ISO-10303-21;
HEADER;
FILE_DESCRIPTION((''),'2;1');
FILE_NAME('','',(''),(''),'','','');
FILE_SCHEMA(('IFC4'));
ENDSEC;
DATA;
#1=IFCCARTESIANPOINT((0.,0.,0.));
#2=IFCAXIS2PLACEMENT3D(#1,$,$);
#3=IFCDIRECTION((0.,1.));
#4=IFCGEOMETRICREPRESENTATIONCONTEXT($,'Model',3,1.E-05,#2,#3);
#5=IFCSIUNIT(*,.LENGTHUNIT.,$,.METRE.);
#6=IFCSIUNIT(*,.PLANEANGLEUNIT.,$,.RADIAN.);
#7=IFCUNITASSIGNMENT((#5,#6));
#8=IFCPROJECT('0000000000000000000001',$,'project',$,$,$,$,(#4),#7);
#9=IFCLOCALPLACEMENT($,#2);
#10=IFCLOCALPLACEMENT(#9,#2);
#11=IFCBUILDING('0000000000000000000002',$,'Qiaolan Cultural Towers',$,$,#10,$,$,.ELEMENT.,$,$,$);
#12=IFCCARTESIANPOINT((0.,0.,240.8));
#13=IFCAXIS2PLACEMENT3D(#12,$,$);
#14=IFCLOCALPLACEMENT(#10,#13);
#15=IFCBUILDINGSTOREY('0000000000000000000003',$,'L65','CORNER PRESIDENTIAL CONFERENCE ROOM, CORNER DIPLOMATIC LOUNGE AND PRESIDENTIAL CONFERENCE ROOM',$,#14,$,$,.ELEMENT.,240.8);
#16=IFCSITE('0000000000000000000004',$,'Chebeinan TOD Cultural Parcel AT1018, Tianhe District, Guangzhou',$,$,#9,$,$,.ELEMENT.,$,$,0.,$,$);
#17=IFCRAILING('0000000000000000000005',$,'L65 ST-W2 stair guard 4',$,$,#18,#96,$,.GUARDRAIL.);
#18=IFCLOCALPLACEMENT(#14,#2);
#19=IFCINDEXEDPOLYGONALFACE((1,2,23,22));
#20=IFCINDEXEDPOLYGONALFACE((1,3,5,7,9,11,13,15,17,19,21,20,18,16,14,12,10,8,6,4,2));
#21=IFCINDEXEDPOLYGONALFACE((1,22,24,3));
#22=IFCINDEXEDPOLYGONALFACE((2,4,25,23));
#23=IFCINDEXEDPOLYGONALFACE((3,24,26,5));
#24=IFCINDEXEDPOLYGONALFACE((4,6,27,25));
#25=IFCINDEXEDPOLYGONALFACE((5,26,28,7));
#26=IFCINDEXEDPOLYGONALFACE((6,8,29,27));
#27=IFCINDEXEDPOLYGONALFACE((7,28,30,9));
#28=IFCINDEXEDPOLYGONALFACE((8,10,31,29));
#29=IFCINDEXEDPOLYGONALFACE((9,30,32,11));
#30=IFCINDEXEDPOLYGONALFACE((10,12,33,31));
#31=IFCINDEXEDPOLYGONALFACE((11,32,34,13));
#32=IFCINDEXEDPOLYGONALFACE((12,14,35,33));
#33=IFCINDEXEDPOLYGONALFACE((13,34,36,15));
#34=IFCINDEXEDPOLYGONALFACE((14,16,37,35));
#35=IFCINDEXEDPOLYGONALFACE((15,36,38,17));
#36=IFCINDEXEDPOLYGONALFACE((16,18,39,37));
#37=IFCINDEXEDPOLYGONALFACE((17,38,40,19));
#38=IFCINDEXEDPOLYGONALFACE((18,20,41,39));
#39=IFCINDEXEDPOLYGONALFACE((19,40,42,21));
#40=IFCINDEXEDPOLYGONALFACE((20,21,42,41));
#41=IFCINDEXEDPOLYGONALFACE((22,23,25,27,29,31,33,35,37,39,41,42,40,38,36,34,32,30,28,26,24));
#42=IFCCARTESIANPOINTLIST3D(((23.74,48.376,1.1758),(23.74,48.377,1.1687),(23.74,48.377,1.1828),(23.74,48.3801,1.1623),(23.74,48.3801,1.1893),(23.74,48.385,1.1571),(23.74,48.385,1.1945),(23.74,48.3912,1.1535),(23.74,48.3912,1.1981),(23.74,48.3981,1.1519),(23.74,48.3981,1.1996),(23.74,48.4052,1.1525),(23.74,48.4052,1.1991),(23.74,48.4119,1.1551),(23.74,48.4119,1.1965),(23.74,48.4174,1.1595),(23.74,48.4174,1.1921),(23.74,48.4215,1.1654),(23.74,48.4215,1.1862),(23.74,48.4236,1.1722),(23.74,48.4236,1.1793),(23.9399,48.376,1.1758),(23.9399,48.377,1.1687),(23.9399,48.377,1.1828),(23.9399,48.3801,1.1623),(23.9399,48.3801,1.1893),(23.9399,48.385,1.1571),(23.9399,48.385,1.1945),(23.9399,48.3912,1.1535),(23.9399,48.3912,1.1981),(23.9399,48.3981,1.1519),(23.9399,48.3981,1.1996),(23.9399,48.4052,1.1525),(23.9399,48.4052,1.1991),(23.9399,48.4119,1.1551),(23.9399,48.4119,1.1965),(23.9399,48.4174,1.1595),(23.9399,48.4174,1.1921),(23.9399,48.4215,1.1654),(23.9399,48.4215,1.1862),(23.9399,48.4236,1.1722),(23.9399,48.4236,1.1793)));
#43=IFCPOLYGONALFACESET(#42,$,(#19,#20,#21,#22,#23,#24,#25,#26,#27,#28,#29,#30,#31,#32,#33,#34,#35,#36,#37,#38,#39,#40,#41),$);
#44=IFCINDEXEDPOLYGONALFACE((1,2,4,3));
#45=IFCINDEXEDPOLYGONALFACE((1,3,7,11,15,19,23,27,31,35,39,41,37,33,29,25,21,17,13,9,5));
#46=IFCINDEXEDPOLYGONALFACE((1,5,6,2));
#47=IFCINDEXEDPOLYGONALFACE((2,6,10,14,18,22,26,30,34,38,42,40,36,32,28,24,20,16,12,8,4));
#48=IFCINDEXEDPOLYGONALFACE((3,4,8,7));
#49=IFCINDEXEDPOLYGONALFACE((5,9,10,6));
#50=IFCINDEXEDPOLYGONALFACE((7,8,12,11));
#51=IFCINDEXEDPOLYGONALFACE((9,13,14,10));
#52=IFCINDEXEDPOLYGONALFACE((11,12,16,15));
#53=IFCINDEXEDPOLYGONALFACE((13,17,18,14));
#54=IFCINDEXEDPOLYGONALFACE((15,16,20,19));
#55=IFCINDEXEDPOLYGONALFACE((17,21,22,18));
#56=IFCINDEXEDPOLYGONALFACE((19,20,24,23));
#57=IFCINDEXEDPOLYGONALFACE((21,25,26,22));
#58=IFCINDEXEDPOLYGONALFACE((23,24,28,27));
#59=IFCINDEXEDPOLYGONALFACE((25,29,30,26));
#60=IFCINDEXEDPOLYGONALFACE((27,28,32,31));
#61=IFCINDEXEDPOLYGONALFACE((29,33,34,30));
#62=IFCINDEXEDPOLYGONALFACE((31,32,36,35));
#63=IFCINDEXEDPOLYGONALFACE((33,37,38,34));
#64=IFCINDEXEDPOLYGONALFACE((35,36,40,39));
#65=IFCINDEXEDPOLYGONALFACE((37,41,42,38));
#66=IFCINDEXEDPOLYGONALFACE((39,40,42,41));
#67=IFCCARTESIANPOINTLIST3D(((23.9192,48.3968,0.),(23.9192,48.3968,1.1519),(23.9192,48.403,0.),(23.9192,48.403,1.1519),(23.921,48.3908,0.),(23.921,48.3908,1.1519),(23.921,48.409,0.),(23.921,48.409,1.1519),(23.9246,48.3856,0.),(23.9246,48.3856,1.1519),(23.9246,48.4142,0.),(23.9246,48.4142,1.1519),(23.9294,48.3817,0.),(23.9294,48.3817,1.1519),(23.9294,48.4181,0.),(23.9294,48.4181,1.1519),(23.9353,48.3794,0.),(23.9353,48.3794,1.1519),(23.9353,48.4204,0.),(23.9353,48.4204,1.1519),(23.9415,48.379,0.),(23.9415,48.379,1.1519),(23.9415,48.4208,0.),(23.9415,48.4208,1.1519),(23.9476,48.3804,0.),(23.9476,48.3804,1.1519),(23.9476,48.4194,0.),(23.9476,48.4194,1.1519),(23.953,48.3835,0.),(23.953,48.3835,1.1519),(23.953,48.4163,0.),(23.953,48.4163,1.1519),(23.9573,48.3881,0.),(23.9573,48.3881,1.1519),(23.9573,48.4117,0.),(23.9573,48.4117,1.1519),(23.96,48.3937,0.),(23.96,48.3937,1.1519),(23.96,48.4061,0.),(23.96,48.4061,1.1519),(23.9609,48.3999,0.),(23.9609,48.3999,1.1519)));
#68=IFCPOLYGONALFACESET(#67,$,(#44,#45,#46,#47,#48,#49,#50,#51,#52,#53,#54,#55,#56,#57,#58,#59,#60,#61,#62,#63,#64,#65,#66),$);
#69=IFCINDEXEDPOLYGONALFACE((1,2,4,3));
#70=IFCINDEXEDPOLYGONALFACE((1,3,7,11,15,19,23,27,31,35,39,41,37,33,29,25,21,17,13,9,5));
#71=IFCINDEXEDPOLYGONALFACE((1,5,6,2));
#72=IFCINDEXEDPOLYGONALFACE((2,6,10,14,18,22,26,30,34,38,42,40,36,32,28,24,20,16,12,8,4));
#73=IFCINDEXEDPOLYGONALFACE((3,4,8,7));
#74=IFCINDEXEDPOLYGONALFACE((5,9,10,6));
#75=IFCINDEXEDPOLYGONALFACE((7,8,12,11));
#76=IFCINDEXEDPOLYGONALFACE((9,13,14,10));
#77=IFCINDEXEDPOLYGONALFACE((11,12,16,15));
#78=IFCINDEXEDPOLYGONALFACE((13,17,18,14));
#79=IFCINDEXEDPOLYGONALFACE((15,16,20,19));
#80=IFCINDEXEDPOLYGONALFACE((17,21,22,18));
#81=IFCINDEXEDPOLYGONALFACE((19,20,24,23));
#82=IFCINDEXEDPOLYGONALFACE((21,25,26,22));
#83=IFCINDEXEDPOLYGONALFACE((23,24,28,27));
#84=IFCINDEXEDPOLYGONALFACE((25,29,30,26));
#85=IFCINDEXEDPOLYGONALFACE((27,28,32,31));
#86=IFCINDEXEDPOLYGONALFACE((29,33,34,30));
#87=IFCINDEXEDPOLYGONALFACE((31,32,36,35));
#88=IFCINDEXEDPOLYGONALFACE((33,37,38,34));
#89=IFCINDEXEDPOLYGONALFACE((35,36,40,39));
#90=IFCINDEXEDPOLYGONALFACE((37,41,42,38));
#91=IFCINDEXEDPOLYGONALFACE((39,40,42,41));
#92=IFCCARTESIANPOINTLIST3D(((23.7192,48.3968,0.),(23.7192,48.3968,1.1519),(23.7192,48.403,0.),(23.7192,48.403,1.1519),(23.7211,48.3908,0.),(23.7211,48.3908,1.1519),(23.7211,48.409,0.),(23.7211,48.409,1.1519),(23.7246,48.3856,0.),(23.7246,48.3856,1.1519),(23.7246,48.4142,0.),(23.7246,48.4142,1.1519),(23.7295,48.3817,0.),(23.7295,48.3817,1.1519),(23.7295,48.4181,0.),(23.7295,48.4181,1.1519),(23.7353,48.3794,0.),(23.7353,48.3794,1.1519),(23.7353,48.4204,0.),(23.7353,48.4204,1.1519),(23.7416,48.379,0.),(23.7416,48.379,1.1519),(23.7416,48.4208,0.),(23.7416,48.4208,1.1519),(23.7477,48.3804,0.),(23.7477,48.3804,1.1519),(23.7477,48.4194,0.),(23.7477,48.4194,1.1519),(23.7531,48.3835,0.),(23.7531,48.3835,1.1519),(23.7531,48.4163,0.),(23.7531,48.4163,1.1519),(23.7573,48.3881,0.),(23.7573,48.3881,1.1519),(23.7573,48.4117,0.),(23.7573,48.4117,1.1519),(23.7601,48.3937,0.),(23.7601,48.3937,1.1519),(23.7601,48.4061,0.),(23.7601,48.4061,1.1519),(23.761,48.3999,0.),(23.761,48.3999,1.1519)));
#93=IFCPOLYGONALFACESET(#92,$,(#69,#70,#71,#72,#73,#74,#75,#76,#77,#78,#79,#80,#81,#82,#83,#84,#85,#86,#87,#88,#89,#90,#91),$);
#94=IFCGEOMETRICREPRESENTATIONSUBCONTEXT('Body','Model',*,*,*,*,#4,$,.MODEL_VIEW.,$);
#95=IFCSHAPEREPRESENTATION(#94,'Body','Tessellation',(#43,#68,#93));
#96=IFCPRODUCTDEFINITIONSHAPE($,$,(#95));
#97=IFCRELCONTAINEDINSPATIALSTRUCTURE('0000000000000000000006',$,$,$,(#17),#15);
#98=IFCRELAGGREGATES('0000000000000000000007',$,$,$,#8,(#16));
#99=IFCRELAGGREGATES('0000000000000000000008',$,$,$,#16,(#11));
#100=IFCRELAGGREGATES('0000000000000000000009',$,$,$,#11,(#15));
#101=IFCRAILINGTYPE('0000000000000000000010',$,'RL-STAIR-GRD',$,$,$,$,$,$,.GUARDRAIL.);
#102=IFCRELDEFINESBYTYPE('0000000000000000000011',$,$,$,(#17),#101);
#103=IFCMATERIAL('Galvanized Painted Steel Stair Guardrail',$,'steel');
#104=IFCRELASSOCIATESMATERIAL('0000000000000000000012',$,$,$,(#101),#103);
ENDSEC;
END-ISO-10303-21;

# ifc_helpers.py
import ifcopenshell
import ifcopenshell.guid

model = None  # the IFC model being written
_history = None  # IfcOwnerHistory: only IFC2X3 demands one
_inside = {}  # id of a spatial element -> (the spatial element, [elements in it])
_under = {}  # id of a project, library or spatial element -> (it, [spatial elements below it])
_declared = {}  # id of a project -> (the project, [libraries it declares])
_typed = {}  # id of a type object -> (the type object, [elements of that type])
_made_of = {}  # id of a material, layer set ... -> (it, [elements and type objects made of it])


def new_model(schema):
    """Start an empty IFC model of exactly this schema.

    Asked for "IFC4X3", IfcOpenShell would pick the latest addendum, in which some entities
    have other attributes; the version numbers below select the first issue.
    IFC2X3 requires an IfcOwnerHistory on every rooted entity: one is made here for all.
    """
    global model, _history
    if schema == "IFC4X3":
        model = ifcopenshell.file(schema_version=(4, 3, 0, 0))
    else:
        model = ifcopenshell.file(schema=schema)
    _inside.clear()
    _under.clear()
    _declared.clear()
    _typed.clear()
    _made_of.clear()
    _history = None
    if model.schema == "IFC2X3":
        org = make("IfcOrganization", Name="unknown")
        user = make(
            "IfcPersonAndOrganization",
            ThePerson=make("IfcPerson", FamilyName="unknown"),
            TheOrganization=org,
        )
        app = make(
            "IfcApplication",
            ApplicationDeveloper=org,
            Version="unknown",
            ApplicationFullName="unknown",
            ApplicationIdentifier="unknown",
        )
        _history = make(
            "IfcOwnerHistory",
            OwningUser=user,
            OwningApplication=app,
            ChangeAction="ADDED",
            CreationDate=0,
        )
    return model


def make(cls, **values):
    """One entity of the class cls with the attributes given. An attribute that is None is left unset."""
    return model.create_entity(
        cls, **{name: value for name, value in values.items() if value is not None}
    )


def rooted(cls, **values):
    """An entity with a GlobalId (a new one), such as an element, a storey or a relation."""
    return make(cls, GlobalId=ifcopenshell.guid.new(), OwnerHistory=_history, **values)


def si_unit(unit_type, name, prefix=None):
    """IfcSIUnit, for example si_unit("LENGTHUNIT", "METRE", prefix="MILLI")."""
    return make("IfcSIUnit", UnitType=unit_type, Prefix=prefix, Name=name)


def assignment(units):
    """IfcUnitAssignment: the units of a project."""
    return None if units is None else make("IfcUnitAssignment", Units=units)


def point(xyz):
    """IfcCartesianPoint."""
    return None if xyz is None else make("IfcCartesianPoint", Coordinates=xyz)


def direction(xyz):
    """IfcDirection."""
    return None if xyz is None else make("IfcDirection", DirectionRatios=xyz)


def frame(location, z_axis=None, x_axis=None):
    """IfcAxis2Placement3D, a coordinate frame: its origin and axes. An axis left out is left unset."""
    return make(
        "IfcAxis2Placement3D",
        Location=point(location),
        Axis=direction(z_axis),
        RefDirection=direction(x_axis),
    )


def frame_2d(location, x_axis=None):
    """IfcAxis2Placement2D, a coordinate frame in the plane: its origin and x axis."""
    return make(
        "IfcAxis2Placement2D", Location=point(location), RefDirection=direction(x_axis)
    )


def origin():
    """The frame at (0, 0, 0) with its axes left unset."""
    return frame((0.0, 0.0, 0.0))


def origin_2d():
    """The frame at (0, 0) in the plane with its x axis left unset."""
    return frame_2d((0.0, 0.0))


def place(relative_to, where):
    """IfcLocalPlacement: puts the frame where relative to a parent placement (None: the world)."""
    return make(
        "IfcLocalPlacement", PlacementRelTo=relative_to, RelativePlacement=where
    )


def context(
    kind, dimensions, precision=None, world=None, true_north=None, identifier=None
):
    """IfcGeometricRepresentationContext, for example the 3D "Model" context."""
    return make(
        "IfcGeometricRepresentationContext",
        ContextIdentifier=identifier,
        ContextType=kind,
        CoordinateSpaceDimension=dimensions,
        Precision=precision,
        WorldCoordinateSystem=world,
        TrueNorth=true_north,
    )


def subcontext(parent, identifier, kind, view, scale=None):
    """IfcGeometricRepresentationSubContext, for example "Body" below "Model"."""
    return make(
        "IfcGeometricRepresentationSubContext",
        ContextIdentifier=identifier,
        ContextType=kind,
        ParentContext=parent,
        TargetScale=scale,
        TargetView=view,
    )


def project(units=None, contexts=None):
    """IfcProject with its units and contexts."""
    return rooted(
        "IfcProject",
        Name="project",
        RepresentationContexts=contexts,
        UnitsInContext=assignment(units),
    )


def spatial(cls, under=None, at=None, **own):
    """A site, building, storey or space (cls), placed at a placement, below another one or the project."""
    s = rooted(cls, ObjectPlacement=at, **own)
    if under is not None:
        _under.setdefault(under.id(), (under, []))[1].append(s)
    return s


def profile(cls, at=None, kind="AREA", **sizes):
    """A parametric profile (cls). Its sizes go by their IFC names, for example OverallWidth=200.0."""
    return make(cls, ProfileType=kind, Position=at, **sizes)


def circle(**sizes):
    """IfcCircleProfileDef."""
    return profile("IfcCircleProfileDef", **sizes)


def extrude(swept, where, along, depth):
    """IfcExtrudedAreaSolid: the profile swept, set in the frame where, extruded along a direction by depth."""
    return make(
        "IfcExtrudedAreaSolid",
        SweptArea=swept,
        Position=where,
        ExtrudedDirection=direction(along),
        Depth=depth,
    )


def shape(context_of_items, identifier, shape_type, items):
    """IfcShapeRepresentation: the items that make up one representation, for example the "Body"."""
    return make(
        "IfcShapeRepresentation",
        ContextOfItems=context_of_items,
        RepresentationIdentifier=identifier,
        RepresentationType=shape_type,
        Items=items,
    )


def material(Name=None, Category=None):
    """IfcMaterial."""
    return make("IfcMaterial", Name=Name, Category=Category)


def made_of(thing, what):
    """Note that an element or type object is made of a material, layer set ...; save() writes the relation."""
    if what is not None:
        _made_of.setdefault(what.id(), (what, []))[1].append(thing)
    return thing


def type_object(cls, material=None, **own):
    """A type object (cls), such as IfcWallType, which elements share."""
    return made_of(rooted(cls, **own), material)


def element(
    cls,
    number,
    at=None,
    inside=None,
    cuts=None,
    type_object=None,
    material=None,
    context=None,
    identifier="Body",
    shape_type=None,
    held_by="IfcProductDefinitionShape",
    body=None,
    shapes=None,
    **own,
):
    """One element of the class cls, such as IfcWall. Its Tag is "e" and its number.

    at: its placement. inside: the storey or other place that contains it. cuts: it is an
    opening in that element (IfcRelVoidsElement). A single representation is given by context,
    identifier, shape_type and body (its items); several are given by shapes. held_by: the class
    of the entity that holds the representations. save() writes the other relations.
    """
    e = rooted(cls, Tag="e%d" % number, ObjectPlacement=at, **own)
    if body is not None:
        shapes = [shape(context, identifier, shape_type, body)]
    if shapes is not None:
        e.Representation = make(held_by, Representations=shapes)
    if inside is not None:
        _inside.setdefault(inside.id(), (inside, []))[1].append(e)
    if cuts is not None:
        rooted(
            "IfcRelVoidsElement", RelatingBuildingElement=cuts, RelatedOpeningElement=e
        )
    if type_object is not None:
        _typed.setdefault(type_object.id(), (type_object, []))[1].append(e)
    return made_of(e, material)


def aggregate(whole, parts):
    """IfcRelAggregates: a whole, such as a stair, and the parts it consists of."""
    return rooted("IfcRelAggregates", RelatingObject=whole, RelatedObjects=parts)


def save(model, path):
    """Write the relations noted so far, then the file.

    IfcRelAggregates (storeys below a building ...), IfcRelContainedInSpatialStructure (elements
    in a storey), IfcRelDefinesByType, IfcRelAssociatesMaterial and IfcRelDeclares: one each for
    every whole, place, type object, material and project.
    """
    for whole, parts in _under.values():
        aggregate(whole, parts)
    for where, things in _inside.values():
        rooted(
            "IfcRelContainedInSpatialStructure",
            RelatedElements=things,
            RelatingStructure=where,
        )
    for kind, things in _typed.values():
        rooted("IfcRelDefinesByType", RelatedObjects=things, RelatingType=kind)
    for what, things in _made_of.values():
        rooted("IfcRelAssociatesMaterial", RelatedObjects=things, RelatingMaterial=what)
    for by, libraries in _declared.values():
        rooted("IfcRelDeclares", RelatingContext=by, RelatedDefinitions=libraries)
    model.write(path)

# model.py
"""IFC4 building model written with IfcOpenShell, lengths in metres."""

from ifc_helpers import new_model, si_unit, direction, frame, origin, origin_2d, place, context, subcontext, project, spatial, circle, extrude, material, type_object, element, save


model = new_model("IFC4")

# Units and contexts
model_context = context("Model", 3, precision=1e-05, world=origin(), true_north=direction((0.0, 1.0)))
body_context = subcontext(model_context, "Body", "Model", "MODEL_VIEW")
ifc_project = project(units=[si_unit("LENGTHUNIT", "METRE"), si_unit("PLANEANGLEUNIT", "RADIAN")], contexts=[model_context])

# Site, building, storey
site_placement = place(None, origin())
site = spatial("IfcSite", under=ifc_project, at=site_placement, Name="Chebeinan TOD Cultural Parcel AT1018, Tianhe District, Guangzhou", CompositionType="ELEMENT", RefElevation=0.0)
building_placement = place(site_placement, origin())
building = spatial("IfcBuilding", under=site, at=building_placement, Name="Qiaolan Cultural Towers", CompositionType="ELEMENT")
storey_placement = place(building_placement, frame((0.0, 0.0, 240.8)))
storey = spatial("IfcBuildingStorey", under=building, at=storey_placement, Name="L65", Description="CORNER PRESIDENTIAL CONFERENCE ROOM, CORNER DIPLOMATIC LOUNGE AND PRESIDENTIAL CONFERENCE ROOM", CompositionType="ELEMENT", Elevation=240.8)

# Railing
ifc_material_1 = material(Name="Galvanized Painted Steel Stair Guardrail", Category="steel")
railing_type_1 = type_object("IfcRailingType", Name="RL-STAIR-GRD", PredefinedType="GUARDRAIL", material=ifc_material_1)
railing_1_placement = place(storey_placement, frame((23.9399, 48.3999, 0.0)))
element("IfcRailing", 1, at=railing_1_placement, inside=storey, type_object=railing_type_1, Name="L65 ST-W2 stair guard 4", PredefinedType="GUARDRAIL", context=body_context, shape_type="SweptSolid", body=[
    extrude(circle(Radius=0.0239, at=origin_2d()), frame((0.0, 0.0, 1.1758), z_axis=(-1.0, 0.0, 0.0), x_axis=(0.0, -1.0, 0.0)), (0.0, 0.0, 1.0), 0.2),
    extrude(circle(Radius=0.021, at=origin_2d()), origin(), (0.0, 0.0, 1.0), 1.1519),
    extrude(circle(Radius=0.021, at=origin_2d()), frame((-0.2, 0.0, 0.0)), (0.0, 0.0, 1.0), 1.1519),
])

save(model, "model.ifc")
